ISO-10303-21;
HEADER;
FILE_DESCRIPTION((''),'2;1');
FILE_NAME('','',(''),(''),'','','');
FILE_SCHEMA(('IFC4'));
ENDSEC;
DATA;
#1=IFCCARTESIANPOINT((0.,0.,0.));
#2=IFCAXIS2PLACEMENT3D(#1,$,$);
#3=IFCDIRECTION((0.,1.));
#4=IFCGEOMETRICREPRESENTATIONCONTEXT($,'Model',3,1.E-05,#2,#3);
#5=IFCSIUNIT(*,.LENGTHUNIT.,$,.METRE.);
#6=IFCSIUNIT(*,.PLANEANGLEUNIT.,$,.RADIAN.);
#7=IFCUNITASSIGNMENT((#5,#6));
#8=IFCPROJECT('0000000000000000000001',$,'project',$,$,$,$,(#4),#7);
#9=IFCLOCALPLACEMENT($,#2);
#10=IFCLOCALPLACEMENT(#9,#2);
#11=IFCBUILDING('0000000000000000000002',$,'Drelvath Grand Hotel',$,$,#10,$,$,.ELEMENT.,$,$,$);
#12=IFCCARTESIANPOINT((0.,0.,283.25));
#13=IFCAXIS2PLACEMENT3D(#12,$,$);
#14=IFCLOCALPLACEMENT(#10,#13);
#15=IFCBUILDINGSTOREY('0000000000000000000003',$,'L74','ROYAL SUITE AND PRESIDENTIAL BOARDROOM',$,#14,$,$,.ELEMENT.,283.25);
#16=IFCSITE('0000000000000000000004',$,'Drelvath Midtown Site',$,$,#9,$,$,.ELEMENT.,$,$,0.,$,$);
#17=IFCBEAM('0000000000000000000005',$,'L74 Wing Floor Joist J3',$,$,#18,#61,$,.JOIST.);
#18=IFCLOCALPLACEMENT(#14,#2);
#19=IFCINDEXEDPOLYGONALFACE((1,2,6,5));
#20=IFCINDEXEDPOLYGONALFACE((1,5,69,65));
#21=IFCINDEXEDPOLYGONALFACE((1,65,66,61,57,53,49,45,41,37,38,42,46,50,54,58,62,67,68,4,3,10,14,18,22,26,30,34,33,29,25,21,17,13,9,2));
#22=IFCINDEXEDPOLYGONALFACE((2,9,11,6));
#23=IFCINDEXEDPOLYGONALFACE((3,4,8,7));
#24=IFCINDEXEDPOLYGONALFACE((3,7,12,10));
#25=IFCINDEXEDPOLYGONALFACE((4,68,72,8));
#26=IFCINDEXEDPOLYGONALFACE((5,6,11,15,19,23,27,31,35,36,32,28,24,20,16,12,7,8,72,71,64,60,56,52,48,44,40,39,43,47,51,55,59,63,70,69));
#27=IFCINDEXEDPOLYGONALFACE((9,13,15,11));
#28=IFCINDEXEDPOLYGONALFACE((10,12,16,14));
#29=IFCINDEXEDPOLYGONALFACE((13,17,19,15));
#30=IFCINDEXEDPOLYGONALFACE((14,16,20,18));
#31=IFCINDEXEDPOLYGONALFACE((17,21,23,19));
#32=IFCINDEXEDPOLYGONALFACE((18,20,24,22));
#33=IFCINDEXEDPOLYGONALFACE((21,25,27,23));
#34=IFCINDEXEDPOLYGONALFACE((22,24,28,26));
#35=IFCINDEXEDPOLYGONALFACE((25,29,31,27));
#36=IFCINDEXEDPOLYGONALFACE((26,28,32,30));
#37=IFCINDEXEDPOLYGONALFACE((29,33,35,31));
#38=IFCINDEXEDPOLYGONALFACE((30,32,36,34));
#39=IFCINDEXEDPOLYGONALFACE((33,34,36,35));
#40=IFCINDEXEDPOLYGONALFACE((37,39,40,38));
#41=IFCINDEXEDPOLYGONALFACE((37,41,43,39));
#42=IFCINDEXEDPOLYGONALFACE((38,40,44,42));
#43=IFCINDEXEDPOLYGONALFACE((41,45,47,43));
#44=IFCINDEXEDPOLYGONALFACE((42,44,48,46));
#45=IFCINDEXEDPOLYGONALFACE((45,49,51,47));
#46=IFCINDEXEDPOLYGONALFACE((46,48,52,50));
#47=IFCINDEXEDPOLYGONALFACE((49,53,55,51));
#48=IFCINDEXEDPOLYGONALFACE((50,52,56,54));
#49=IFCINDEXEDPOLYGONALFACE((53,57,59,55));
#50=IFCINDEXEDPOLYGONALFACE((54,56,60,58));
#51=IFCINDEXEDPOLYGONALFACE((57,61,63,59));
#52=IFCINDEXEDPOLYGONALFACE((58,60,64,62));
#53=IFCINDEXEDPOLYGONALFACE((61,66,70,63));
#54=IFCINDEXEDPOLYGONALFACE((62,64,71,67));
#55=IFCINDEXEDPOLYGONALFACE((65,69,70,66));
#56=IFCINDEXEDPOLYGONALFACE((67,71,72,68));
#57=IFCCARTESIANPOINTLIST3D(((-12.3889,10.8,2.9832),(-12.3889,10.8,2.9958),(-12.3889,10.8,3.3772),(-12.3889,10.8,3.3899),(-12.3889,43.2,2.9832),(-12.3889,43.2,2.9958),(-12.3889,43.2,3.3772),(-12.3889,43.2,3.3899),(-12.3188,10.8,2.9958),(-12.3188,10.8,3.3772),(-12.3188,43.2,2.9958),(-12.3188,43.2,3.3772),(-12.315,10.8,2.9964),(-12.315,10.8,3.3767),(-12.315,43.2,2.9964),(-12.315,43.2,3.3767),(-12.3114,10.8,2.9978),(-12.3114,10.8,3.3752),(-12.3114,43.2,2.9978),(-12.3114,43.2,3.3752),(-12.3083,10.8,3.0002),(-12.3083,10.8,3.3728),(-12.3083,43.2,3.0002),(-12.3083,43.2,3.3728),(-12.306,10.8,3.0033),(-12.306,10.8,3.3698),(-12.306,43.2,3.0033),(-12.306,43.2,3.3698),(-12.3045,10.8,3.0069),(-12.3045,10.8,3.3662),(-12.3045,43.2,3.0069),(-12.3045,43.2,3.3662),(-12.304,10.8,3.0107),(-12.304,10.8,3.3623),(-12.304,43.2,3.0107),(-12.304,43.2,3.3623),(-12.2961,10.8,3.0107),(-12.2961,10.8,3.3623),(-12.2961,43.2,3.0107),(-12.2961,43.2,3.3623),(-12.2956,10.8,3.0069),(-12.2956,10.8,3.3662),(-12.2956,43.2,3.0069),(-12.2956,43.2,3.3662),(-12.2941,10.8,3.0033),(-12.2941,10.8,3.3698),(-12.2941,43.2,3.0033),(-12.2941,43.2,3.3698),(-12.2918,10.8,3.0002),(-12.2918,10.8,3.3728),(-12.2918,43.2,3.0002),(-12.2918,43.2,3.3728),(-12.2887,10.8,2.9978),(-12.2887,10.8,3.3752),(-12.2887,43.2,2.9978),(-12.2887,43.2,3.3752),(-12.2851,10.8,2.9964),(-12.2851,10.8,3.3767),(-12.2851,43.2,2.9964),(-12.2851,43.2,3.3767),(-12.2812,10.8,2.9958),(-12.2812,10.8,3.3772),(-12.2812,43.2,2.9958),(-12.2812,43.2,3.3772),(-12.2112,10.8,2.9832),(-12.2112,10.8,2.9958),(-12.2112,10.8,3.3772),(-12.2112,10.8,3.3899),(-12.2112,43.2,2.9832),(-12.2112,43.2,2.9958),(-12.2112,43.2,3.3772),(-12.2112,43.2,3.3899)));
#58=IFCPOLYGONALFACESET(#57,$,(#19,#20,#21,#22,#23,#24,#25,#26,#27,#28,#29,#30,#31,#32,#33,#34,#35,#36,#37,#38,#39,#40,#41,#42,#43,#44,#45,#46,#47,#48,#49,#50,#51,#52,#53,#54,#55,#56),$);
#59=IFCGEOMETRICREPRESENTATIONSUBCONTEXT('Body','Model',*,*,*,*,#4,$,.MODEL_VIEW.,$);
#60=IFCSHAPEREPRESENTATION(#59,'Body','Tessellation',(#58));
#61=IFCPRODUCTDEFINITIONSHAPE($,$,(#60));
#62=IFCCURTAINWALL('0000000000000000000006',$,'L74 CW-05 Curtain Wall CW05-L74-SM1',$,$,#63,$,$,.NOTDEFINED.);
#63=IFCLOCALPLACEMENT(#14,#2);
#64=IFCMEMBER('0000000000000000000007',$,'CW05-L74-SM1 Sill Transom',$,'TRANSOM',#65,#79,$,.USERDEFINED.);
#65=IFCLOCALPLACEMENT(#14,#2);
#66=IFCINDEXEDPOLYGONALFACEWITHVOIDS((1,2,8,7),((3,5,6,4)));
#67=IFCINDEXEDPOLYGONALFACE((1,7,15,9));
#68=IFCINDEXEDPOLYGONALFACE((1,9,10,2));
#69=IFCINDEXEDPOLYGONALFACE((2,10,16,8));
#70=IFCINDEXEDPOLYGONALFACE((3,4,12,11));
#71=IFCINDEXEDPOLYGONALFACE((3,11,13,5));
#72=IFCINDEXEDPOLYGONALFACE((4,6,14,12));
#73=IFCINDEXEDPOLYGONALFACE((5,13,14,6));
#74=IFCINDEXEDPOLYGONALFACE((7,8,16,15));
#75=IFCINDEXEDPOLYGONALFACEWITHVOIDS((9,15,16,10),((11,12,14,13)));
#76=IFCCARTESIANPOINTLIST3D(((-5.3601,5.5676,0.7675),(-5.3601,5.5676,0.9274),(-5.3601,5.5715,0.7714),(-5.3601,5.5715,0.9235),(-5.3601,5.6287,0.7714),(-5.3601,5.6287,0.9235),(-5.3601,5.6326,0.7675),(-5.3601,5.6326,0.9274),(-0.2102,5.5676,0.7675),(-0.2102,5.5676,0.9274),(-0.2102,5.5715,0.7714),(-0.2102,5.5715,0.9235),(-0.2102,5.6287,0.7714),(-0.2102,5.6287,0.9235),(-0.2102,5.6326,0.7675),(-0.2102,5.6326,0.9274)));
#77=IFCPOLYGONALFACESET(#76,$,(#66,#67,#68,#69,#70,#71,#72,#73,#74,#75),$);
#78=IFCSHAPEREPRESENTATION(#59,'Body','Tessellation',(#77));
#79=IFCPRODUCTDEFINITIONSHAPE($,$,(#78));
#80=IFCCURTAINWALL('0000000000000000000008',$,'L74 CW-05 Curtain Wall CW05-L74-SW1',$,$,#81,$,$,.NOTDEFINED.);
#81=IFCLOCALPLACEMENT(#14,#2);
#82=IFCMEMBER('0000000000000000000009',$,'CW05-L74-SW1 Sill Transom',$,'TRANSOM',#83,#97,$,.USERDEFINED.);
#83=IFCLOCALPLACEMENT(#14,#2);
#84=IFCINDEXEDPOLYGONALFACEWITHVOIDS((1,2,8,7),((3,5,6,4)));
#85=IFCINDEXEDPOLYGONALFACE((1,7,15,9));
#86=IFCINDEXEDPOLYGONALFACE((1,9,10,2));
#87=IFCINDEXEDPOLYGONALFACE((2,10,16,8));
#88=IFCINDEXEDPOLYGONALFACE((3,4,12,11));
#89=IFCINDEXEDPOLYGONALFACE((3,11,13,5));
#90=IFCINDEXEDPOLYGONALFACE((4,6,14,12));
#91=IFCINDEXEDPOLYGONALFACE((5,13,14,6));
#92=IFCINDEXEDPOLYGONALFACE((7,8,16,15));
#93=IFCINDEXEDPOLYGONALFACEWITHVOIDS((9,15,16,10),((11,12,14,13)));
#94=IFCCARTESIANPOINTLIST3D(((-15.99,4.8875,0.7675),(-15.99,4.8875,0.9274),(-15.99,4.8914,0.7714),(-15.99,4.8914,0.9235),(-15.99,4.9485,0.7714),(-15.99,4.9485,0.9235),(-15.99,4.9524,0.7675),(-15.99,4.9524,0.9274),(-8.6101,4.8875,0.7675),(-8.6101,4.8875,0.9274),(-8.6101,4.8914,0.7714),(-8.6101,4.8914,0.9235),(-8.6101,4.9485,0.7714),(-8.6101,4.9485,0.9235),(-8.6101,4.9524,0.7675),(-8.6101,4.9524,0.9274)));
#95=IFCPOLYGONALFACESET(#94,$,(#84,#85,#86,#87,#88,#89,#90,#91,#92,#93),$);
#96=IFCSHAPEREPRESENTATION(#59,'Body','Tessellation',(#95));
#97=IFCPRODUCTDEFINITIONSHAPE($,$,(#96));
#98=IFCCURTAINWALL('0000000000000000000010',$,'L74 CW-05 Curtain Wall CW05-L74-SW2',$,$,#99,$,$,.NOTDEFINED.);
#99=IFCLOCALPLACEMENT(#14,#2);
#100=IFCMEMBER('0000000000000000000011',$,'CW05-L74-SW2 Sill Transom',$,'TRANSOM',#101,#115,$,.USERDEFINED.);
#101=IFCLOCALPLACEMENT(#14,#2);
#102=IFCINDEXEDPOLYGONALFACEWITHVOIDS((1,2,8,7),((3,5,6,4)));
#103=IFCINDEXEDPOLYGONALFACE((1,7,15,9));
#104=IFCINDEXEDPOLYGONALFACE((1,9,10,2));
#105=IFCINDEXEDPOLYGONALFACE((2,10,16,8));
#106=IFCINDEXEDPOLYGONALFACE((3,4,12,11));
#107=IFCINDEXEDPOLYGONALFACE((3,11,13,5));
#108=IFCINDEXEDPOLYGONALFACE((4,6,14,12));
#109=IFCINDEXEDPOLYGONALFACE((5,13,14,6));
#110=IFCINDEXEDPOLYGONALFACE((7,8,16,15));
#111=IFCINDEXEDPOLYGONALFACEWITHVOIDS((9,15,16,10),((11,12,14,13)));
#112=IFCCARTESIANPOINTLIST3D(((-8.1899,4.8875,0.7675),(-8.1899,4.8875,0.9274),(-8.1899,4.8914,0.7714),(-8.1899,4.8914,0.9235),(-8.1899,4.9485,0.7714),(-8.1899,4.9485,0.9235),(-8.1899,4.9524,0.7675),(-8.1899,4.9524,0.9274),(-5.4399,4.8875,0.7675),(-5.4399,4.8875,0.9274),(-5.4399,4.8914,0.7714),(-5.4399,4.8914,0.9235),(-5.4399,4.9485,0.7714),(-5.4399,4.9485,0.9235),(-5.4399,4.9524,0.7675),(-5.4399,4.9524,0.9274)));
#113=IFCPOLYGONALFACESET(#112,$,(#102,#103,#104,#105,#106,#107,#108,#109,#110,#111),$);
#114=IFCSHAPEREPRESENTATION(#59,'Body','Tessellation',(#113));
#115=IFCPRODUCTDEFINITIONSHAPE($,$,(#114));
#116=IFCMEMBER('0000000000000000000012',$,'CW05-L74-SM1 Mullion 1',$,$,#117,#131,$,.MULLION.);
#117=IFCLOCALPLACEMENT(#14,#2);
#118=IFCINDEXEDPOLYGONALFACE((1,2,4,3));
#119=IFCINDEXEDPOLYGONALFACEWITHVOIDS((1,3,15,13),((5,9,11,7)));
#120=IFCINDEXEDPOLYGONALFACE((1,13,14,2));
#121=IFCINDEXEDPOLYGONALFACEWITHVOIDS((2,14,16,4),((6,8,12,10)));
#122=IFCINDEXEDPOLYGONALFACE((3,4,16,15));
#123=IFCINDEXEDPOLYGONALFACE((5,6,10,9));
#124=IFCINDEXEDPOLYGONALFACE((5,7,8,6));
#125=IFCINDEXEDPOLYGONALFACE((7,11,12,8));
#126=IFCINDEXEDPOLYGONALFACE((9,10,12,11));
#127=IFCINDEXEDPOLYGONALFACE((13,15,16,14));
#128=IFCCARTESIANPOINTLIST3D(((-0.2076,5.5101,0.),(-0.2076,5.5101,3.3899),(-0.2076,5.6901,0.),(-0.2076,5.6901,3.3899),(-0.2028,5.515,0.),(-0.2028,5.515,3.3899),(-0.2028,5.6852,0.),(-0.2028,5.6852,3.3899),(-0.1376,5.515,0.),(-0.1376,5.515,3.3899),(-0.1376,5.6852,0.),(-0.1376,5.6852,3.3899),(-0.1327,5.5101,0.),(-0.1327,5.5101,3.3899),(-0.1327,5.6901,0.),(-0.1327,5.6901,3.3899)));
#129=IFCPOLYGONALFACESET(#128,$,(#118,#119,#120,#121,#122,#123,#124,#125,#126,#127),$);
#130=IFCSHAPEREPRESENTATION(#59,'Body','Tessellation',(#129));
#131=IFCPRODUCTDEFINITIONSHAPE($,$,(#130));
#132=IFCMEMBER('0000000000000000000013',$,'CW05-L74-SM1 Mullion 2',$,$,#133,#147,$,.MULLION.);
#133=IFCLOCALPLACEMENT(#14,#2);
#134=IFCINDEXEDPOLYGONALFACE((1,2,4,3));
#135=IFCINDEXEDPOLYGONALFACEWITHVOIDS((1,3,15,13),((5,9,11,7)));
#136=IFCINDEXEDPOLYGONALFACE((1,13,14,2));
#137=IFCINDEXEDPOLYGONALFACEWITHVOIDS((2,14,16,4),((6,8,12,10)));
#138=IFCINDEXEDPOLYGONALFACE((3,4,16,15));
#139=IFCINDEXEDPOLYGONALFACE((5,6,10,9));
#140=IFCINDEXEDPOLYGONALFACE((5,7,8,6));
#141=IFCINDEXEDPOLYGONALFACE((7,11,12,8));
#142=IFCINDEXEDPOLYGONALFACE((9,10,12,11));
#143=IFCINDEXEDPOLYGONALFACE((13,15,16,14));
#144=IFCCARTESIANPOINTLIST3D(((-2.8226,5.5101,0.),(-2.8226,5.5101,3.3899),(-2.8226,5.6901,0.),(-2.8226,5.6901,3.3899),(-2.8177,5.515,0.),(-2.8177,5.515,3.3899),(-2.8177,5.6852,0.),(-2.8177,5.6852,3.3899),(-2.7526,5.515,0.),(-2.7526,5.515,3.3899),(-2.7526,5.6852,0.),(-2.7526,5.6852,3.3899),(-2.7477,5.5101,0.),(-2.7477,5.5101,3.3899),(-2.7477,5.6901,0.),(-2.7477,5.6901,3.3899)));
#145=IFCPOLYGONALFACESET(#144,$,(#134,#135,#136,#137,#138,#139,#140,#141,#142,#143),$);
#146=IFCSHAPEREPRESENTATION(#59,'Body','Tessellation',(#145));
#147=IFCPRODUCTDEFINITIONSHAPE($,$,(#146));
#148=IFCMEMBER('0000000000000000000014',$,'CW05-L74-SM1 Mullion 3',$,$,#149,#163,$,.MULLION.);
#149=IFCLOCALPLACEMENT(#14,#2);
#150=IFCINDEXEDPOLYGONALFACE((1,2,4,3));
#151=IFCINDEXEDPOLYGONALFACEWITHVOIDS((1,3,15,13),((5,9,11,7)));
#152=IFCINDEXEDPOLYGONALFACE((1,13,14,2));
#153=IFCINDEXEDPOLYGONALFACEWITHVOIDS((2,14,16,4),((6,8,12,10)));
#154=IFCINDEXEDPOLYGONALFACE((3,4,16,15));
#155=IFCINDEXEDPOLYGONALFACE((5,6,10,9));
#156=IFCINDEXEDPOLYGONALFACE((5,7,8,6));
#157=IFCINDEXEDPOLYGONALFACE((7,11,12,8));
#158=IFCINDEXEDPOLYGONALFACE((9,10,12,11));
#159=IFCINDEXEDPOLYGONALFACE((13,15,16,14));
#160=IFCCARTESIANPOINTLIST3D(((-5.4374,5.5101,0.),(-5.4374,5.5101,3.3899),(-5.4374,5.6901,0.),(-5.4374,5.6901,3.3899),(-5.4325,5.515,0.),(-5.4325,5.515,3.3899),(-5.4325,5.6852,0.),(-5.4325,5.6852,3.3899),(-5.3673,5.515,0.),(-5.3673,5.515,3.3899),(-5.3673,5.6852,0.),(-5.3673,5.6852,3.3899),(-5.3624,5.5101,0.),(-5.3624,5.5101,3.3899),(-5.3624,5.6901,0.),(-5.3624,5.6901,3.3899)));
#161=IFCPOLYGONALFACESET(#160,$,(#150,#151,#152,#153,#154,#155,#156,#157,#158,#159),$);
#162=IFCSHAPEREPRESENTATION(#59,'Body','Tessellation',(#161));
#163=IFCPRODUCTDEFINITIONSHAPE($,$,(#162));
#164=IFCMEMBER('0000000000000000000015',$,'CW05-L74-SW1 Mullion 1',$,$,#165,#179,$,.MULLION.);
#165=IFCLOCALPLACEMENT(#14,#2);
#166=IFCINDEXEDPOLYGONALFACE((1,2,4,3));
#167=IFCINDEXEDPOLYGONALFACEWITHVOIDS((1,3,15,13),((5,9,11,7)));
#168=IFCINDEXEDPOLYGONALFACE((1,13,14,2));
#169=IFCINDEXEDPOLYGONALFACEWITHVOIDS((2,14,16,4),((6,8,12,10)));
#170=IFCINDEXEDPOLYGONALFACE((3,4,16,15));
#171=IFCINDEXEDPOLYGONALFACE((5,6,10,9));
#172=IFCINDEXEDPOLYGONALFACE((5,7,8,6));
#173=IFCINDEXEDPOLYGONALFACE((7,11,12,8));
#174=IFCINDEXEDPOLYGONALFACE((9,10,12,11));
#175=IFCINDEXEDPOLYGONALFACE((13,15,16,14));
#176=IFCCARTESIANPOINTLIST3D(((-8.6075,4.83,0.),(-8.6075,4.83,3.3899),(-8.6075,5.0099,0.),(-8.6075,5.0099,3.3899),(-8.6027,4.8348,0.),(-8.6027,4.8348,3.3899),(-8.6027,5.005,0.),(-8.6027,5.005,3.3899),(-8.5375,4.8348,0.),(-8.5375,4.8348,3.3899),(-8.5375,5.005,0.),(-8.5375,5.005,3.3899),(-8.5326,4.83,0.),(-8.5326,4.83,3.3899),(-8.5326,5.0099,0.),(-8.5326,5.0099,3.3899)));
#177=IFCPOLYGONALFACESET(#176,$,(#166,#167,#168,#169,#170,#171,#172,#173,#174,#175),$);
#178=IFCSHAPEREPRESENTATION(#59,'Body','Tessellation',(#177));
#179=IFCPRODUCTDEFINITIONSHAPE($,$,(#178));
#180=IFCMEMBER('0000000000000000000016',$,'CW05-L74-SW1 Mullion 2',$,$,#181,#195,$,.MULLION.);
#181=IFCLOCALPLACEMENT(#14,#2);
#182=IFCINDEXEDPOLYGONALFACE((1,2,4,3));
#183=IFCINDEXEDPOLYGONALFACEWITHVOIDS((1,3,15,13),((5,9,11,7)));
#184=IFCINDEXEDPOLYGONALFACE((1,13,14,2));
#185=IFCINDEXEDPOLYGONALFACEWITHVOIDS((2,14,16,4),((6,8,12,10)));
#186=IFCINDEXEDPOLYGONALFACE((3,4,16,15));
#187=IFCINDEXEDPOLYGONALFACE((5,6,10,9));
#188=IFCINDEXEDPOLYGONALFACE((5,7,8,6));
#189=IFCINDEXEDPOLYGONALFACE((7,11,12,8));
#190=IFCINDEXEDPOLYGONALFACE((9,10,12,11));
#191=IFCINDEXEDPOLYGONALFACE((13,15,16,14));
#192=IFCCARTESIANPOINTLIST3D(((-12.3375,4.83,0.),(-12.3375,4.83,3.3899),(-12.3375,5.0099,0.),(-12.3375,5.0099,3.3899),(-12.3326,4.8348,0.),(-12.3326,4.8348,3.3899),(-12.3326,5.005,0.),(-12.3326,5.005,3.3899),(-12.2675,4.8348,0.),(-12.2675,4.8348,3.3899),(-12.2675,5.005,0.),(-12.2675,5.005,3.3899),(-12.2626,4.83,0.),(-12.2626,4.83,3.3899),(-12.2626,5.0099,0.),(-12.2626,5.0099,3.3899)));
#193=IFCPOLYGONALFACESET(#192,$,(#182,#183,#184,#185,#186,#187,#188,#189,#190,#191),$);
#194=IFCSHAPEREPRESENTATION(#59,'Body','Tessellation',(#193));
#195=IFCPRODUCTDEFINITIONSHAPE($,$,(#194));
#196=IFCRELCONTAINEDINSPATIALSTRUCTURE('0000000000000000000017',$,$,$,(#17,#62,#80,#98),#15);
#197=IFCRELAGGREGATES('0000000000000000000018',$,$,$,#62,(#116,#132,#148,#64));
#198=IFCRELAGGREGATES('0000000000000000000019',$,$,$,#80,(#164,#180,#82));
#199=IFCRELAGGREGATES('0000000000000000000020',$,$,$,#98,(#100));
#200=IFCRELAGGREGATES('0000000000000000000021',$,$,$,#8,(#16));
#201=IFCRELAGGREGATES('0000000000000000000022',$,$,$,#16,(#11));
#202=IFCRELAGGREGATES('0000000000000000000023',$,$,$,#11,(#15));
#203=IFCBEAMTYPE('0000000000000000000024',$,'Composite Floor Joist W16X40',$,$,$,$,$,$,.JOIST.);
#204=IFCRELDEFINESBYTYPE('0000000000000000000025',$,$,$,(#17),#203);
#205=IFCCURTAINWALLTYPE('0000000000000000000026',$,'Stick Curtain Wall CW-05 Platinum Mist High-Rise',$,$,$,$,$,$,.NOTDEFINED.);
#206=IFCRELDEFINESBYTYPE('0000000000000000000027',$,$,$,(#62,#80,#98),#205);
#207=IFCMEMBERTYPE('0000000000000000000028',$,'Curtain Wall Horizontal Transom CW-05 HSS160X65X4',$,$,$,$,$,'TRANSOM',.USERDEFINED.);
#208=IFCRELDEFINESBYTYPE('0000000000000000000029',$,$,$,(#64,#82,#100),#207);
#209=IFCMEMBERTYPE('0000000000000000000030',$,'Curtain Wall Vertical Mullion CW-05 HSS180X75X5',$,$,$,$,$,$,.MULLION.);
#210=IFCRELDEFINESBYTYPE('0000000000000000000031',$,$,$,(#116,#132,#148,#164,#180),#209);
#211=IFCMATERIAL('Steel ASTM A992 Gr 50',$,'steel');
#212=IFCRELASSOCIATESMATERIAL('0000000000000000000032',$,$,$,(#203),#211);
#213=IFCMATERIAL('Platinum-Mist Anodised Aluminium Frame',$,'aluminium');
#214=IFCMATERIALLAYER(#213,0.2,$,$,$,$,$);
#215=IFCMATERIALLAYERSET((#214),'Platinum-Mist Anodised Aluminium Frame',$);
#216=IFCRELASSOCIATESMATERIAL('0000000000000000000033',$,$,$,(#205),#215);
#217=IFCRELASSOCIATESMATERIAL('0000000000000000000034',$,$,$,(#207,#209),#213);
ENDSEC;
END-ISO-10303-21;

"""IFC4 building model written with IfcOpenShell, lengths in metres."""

from ifc_helpers import new_model, si_unit, direction, frame, origin, origin_2d, place, context, subcontext, project, spatial, hollow_rectangle, i_section, extrude, material, layer, layer_set, material_profile, profile_set, type_object, element, aggregate, save


model = new_model("IFC4")

# Units and contexts
model_context = context("Model", 3, precision=1e-05, world=origin(), true_north=direction((0.0, 1.0)))
body_context = subcontext(model_context, "Body", "Model", "MODEL_VIEW")
ifc_project = project(units=[si_unit("LENGTHUNIT", "METRE"), si_unit("PLANEANGLEUNIT", "RADIAN")], contexts=[model_context])

# Site, building, storey
site_placement = place(None, origin())
site = spatial("IfcSite", under=ifc_project, at=site_placement, Name="Drelvath Midtown Site", CompositionType="ELEMENT", RefElevation=0.0)
building_placement = place(site_placement, origin())
building = spatial("IfcBuilding", under=site, at=building_placement, Name="Drelvath Grand Hotel", CompositionType="ELEMENT")
storey_placement = place(building_placement, frame((0.0, 0.0, 283.25)))
storey = spatial("IfcBuildingStorey", under=building, at=storey_placement, Name="L74", Description="ROYAL SUITE AND PRESIDENTIAL BOARDROOM", CompositionType="ELEMENT", Elevation=283.25)

# Beam
ifc_material_1 = material(Name="Steel ASTM A992 Gr 50", Category="steel")
ifc_material_profile_1 = material_profile(ifc_material_1, i_section(OverallWidth=0.1777, OverallDepth=0.4067, WebThickness=0.0078, FlangeThickness=0.0127, FilletRadius=0.0149, at=origin_2d()), Name="W16X40")
ifc_profile_set_1 = profile_set([ifc_material_profile_1], Name="Steel ASTM A992 Gr 50")
beam_type_1 = type_object("IfcBeamType", Name="Composite Floor Joist W16X40", PredefinedType="JOIST", material=ifc_profile_set_1)
beam_1_placement = place(storey_placement, frame((-12.3, 10.8, 3.1865), z_axis=(0.0, 1.0, 0.0), x_axis=(-1.0, 0.0, 0.0)))
element("IfcBeam", 1, at=beam_1_placement, inside=storey, type_object=beam_type_1, Name="L74 Wing Floor Joist J3", PredefinedType="JOIST", context=body_context, shape_type="SweptSolid", body=[
    extrude(i_section(OverallWidth=0.1777, OverallDepth=0.4067, WebThickness=0.0078, FlangeThickness=0.0127, FilletRadius=0.0149, at=origin_2d()), origin(), (0.0, 0.0, 1.0), 32.3999),
])

# Curtain walls, members
ifc_material_2 = material(Name="Platinum-Mist Anodised Aluminium Frame", Category="aluminium")
ifc_layer_1 = layer(ifc_material_2, 0.2)
ifc_layer_set_1 = layer_set([ifc_layer_1], Name="Platinum-Mist Anodised Aluminium Frame")
curtain_wall_type = type_object("IfcCurtainWallType", Name="Stick Curtain Wall CW-05 Platinum Mist High-Rise", PredefinedType="NOTDEFINED", material=ifc_layer_set_1)
curtain_wall_1_placement = place(storey_placement, origin())
curtain_wall_1 = element("IfcCurtainWall", 2, at=curtain_wall_1_placement, inside=storey, type_object=curtain_wall_type, Name="L74 CW-05 Curtain Wall CW05-L74-SM1", PredefinedType="NOTDEFINED")
ifc_material_profile_2 = material_profile(ifc_material_2, hollow_rectangle(XDim=0.0649, YDim=0.1599, WallThickness=0.0039, at=origin_2d()), Name="HSS160X65X4")
ifc_profile_set_2 = profile_set([ifc_material_profile_2], Name="Platinum-Mist Anodised Aluminium Frame")
member_type_1 = type_object("IfcMemberType", Name="Curtain Wall Horizontal Transom CW-05 HSS160X65X4", ElementType="TRANSOM", PredefinedType="USERDEFINED", material=ifc_profile_set_2)
member_1_placement = place(storey_placement, frame((-0.2102, 5.6001, 0.8474), z_axis=(-1.0, 0.0, 0.0), x_axis=(0.0, -1.0, 0.0)))
member_1 = element("IfcMember", 3, at=member_1_placement, type_object=member_type_1, Name="CW05-L74-SM1 Sill Transom", ObjectType="TRANSOM", PredefinedType="USERDEFINED", context=body_context, shape_type="SweptSolid", body=[
    extrude(hollow_rectangle(XDim=0.0649, YDim=0.1599, WallThickness=0.0039, at=origin_2d()), origin(), (0.0, 0.0, 1.0), 5.1499),
])
curtain_wall_2_placement = place(storey_placement, origin())
curtain_wall_2 = element("IfcCurtainWall", 4, at=curtain_wall_2_placement, inside=storey, type_object=curtain_wall_type, Name="L74 CW-05 Curtain Wall CW05-L74-SW1", PredefinedType="NOTDEFINED")
member_2_placement = place(storey_placement, frame((-8.6101, 4.9199, 0.8474), z_axis=(-1.0, 0.0, 0.0), x_axis=(0.0, -1.0, 0.0)))
member_2 = element("IfcMember", 5, at=member_2_placement, type_object=member_type_1, Name="CW05-L74-SW1 Sill Transom", ObjectType="TRANSOM", PredefinedType="USERDEFINED", context=body_context, shape_type="SweptSolid", body=[
    extrude(hollow_rectangle(XDim=0.0649, YDim=0.1599, WallThickness=0.0039, at=origin_2d()), origin(), (0.0, 0.0, 1.0), 7.3799),
])
curtain_wall_3_placement = place(storey_placement, origin())
curtain_wall_3 = element("IfcCurtainWall", 6, at=curtain_wall_3_placement, inside=storey, type_object=curtain_wall_type, Name="L74 CW-05 Curtain Wall CW05-L74-SW2", PredefinedType="NOTDEFINED")
member_3_placement = place(storey_placement, frame((-5.4399, 4.9199, 0.8474), z_axis=(-1.0, 0.0, 0.0), x_axis=(0.0, -1.0, 0.0)))
member_3 = element("IfcMember", 7, at=member_3_placement, type_object=member_type_1, Name="CW05-L74-SW2 Sill Transom", ObjectType="TRANSOM", PredefinedType="USERDEFINED", context=body_context, shape_type="SweptSolid", body=[
    extrude(hollow_rectangle(XDim=0.0649, YDim=0.1599, WallThickness=0.0039, at=origin_2d()), origin(), (0.0, 0.0, 1.0), 2.75),
])

# Members
ifc_material_profile_3 = material_profile(ifc_material_2, hollow_rectangle(XDim=0.075, YDim=0.1799, WallThickness=0.0049, at=origin_2d()), Name="HSS180X75X5")
ifc_profile_set_3 = profile_set([ifc_material_profile_3], Name="Platinum-Mist Anodised Aluminium Frame")
member_type_2 = type_object("IfcMemberType", Name="Curtain Wall Vertical Mullion CW-05 HSS180X75X5", PredefinedType="MULLION", material=ifc_profile_set_3)
member_4_placement = place(storey_placement, frame((-0.1702, 5.6001, 0.0), z_axis=(0.0, 0.0, 1.0), x_axis=(1.0, 0.0, 0.0)))
member_4 = element("IfcMember", 8, at=member_4_placement, type_object=member_type_2, Name="CW05-L74-SM1 Mullion 1", PredefinedType="MULLION", context=body_context, shape_type="SweptSolid", body=[
    extrude(hollow_rectangle(XDim=0.075, YDim=0.1799, WallThickness=0.0049, at=origin_2d()), origin(), (0.0, 0.0, 1.0), 3.3899),
])
member_5_placement = place(storey_placement, frame((-2.7852, 5.6001, 0.0), z_axis=(0.0, 0.0, 1.0), x_axis=(1.0, 0.0, 0.0)))
member_5 = element("IfcMember", 9, at=member_5_placement, type_object=member_type_2, Name="CW05-L74-SM1 Mullion 2", PredefinedType="MULLION", context=body_context, shape_type="SweptSolid", body=[
    extrude(hollow_rectangle(XDim=0.075, YDim=0.1799, WallThickness=0.0049, at=origin_2d()), origin(), (0.0, 0.0, 1.0), 3.3899),
])
member_6_placement = place(storey_placement, frame((-5.3999, 5.6001, 0.0), z_axis=(0.0, 0.0, 1.0), x_axis=(1.0, 0.0, 0.0)))
member_6 = element("IfcMember", 10, at=member_6_placement, type_object=member_type_2, Name="CW05-L74-SM1 Mullion 3", PredefinedType="MULLION", context=body_context, shape_type="SweptSolid", body=[
    extrude(hollow_rectangle(XDim=0.075, YDim=0.1799, WallThickness=0.0049, at=origin_2d()), origin(), (0.0, 0.0, 1.0), 3.3899),
])
member_7_placement = place(storey_placement, frame((-8.5701, 4.9199, 0.0), z_axis=(0.0, 0.0, 1.0), x_axis=(1.0, 0.0, 0.0)))
member_7 = element("IfcMember", 11, at=member_7_placement, type_object=member_type_2, Name="CW05-L74-SW1 Mullion 1", PredefinedType="MULLION", context=body_context, shape_type="SweptSolid", body=[
    extrude(hollow_rectangle(XDim=0.075, YDim=0.1799, WallThickness=0.0049, at=origin_2d()), origin(), (0.0, 0.0, 1.0), 3.3899),
])
member_8_placement = place(storey_placement, frame((-12.3, 4.9199, 0.0), z_axis=(0.0, 0.0, 1.0), x_axis=(1.0, 0.0, 0.0)))
member_8 = element("IfcMember", 12, at=member_8_placement, type_object=member_type_2, Name="CW05-L74-SW1 Mullion 2", PredefinedType="MULLION", context=body_context, shape_type="SweptSolid", body=[
    extrude(hollow_rectangle(XDim=0.075, YDim=0.1799, WallThickness=0.0049, at=origin_2d()), origin(), (0.0, 0.0, 1.0), 3.3899),
])

aggregate(curtain_wall_1, [member_4, member_5, member_6, member_1])
aggregate(curtain_wall_2, [member_7, member_8, member_2])
aggregate(curtain_wall_3, [member_3])

save(model, "model.ifc")
